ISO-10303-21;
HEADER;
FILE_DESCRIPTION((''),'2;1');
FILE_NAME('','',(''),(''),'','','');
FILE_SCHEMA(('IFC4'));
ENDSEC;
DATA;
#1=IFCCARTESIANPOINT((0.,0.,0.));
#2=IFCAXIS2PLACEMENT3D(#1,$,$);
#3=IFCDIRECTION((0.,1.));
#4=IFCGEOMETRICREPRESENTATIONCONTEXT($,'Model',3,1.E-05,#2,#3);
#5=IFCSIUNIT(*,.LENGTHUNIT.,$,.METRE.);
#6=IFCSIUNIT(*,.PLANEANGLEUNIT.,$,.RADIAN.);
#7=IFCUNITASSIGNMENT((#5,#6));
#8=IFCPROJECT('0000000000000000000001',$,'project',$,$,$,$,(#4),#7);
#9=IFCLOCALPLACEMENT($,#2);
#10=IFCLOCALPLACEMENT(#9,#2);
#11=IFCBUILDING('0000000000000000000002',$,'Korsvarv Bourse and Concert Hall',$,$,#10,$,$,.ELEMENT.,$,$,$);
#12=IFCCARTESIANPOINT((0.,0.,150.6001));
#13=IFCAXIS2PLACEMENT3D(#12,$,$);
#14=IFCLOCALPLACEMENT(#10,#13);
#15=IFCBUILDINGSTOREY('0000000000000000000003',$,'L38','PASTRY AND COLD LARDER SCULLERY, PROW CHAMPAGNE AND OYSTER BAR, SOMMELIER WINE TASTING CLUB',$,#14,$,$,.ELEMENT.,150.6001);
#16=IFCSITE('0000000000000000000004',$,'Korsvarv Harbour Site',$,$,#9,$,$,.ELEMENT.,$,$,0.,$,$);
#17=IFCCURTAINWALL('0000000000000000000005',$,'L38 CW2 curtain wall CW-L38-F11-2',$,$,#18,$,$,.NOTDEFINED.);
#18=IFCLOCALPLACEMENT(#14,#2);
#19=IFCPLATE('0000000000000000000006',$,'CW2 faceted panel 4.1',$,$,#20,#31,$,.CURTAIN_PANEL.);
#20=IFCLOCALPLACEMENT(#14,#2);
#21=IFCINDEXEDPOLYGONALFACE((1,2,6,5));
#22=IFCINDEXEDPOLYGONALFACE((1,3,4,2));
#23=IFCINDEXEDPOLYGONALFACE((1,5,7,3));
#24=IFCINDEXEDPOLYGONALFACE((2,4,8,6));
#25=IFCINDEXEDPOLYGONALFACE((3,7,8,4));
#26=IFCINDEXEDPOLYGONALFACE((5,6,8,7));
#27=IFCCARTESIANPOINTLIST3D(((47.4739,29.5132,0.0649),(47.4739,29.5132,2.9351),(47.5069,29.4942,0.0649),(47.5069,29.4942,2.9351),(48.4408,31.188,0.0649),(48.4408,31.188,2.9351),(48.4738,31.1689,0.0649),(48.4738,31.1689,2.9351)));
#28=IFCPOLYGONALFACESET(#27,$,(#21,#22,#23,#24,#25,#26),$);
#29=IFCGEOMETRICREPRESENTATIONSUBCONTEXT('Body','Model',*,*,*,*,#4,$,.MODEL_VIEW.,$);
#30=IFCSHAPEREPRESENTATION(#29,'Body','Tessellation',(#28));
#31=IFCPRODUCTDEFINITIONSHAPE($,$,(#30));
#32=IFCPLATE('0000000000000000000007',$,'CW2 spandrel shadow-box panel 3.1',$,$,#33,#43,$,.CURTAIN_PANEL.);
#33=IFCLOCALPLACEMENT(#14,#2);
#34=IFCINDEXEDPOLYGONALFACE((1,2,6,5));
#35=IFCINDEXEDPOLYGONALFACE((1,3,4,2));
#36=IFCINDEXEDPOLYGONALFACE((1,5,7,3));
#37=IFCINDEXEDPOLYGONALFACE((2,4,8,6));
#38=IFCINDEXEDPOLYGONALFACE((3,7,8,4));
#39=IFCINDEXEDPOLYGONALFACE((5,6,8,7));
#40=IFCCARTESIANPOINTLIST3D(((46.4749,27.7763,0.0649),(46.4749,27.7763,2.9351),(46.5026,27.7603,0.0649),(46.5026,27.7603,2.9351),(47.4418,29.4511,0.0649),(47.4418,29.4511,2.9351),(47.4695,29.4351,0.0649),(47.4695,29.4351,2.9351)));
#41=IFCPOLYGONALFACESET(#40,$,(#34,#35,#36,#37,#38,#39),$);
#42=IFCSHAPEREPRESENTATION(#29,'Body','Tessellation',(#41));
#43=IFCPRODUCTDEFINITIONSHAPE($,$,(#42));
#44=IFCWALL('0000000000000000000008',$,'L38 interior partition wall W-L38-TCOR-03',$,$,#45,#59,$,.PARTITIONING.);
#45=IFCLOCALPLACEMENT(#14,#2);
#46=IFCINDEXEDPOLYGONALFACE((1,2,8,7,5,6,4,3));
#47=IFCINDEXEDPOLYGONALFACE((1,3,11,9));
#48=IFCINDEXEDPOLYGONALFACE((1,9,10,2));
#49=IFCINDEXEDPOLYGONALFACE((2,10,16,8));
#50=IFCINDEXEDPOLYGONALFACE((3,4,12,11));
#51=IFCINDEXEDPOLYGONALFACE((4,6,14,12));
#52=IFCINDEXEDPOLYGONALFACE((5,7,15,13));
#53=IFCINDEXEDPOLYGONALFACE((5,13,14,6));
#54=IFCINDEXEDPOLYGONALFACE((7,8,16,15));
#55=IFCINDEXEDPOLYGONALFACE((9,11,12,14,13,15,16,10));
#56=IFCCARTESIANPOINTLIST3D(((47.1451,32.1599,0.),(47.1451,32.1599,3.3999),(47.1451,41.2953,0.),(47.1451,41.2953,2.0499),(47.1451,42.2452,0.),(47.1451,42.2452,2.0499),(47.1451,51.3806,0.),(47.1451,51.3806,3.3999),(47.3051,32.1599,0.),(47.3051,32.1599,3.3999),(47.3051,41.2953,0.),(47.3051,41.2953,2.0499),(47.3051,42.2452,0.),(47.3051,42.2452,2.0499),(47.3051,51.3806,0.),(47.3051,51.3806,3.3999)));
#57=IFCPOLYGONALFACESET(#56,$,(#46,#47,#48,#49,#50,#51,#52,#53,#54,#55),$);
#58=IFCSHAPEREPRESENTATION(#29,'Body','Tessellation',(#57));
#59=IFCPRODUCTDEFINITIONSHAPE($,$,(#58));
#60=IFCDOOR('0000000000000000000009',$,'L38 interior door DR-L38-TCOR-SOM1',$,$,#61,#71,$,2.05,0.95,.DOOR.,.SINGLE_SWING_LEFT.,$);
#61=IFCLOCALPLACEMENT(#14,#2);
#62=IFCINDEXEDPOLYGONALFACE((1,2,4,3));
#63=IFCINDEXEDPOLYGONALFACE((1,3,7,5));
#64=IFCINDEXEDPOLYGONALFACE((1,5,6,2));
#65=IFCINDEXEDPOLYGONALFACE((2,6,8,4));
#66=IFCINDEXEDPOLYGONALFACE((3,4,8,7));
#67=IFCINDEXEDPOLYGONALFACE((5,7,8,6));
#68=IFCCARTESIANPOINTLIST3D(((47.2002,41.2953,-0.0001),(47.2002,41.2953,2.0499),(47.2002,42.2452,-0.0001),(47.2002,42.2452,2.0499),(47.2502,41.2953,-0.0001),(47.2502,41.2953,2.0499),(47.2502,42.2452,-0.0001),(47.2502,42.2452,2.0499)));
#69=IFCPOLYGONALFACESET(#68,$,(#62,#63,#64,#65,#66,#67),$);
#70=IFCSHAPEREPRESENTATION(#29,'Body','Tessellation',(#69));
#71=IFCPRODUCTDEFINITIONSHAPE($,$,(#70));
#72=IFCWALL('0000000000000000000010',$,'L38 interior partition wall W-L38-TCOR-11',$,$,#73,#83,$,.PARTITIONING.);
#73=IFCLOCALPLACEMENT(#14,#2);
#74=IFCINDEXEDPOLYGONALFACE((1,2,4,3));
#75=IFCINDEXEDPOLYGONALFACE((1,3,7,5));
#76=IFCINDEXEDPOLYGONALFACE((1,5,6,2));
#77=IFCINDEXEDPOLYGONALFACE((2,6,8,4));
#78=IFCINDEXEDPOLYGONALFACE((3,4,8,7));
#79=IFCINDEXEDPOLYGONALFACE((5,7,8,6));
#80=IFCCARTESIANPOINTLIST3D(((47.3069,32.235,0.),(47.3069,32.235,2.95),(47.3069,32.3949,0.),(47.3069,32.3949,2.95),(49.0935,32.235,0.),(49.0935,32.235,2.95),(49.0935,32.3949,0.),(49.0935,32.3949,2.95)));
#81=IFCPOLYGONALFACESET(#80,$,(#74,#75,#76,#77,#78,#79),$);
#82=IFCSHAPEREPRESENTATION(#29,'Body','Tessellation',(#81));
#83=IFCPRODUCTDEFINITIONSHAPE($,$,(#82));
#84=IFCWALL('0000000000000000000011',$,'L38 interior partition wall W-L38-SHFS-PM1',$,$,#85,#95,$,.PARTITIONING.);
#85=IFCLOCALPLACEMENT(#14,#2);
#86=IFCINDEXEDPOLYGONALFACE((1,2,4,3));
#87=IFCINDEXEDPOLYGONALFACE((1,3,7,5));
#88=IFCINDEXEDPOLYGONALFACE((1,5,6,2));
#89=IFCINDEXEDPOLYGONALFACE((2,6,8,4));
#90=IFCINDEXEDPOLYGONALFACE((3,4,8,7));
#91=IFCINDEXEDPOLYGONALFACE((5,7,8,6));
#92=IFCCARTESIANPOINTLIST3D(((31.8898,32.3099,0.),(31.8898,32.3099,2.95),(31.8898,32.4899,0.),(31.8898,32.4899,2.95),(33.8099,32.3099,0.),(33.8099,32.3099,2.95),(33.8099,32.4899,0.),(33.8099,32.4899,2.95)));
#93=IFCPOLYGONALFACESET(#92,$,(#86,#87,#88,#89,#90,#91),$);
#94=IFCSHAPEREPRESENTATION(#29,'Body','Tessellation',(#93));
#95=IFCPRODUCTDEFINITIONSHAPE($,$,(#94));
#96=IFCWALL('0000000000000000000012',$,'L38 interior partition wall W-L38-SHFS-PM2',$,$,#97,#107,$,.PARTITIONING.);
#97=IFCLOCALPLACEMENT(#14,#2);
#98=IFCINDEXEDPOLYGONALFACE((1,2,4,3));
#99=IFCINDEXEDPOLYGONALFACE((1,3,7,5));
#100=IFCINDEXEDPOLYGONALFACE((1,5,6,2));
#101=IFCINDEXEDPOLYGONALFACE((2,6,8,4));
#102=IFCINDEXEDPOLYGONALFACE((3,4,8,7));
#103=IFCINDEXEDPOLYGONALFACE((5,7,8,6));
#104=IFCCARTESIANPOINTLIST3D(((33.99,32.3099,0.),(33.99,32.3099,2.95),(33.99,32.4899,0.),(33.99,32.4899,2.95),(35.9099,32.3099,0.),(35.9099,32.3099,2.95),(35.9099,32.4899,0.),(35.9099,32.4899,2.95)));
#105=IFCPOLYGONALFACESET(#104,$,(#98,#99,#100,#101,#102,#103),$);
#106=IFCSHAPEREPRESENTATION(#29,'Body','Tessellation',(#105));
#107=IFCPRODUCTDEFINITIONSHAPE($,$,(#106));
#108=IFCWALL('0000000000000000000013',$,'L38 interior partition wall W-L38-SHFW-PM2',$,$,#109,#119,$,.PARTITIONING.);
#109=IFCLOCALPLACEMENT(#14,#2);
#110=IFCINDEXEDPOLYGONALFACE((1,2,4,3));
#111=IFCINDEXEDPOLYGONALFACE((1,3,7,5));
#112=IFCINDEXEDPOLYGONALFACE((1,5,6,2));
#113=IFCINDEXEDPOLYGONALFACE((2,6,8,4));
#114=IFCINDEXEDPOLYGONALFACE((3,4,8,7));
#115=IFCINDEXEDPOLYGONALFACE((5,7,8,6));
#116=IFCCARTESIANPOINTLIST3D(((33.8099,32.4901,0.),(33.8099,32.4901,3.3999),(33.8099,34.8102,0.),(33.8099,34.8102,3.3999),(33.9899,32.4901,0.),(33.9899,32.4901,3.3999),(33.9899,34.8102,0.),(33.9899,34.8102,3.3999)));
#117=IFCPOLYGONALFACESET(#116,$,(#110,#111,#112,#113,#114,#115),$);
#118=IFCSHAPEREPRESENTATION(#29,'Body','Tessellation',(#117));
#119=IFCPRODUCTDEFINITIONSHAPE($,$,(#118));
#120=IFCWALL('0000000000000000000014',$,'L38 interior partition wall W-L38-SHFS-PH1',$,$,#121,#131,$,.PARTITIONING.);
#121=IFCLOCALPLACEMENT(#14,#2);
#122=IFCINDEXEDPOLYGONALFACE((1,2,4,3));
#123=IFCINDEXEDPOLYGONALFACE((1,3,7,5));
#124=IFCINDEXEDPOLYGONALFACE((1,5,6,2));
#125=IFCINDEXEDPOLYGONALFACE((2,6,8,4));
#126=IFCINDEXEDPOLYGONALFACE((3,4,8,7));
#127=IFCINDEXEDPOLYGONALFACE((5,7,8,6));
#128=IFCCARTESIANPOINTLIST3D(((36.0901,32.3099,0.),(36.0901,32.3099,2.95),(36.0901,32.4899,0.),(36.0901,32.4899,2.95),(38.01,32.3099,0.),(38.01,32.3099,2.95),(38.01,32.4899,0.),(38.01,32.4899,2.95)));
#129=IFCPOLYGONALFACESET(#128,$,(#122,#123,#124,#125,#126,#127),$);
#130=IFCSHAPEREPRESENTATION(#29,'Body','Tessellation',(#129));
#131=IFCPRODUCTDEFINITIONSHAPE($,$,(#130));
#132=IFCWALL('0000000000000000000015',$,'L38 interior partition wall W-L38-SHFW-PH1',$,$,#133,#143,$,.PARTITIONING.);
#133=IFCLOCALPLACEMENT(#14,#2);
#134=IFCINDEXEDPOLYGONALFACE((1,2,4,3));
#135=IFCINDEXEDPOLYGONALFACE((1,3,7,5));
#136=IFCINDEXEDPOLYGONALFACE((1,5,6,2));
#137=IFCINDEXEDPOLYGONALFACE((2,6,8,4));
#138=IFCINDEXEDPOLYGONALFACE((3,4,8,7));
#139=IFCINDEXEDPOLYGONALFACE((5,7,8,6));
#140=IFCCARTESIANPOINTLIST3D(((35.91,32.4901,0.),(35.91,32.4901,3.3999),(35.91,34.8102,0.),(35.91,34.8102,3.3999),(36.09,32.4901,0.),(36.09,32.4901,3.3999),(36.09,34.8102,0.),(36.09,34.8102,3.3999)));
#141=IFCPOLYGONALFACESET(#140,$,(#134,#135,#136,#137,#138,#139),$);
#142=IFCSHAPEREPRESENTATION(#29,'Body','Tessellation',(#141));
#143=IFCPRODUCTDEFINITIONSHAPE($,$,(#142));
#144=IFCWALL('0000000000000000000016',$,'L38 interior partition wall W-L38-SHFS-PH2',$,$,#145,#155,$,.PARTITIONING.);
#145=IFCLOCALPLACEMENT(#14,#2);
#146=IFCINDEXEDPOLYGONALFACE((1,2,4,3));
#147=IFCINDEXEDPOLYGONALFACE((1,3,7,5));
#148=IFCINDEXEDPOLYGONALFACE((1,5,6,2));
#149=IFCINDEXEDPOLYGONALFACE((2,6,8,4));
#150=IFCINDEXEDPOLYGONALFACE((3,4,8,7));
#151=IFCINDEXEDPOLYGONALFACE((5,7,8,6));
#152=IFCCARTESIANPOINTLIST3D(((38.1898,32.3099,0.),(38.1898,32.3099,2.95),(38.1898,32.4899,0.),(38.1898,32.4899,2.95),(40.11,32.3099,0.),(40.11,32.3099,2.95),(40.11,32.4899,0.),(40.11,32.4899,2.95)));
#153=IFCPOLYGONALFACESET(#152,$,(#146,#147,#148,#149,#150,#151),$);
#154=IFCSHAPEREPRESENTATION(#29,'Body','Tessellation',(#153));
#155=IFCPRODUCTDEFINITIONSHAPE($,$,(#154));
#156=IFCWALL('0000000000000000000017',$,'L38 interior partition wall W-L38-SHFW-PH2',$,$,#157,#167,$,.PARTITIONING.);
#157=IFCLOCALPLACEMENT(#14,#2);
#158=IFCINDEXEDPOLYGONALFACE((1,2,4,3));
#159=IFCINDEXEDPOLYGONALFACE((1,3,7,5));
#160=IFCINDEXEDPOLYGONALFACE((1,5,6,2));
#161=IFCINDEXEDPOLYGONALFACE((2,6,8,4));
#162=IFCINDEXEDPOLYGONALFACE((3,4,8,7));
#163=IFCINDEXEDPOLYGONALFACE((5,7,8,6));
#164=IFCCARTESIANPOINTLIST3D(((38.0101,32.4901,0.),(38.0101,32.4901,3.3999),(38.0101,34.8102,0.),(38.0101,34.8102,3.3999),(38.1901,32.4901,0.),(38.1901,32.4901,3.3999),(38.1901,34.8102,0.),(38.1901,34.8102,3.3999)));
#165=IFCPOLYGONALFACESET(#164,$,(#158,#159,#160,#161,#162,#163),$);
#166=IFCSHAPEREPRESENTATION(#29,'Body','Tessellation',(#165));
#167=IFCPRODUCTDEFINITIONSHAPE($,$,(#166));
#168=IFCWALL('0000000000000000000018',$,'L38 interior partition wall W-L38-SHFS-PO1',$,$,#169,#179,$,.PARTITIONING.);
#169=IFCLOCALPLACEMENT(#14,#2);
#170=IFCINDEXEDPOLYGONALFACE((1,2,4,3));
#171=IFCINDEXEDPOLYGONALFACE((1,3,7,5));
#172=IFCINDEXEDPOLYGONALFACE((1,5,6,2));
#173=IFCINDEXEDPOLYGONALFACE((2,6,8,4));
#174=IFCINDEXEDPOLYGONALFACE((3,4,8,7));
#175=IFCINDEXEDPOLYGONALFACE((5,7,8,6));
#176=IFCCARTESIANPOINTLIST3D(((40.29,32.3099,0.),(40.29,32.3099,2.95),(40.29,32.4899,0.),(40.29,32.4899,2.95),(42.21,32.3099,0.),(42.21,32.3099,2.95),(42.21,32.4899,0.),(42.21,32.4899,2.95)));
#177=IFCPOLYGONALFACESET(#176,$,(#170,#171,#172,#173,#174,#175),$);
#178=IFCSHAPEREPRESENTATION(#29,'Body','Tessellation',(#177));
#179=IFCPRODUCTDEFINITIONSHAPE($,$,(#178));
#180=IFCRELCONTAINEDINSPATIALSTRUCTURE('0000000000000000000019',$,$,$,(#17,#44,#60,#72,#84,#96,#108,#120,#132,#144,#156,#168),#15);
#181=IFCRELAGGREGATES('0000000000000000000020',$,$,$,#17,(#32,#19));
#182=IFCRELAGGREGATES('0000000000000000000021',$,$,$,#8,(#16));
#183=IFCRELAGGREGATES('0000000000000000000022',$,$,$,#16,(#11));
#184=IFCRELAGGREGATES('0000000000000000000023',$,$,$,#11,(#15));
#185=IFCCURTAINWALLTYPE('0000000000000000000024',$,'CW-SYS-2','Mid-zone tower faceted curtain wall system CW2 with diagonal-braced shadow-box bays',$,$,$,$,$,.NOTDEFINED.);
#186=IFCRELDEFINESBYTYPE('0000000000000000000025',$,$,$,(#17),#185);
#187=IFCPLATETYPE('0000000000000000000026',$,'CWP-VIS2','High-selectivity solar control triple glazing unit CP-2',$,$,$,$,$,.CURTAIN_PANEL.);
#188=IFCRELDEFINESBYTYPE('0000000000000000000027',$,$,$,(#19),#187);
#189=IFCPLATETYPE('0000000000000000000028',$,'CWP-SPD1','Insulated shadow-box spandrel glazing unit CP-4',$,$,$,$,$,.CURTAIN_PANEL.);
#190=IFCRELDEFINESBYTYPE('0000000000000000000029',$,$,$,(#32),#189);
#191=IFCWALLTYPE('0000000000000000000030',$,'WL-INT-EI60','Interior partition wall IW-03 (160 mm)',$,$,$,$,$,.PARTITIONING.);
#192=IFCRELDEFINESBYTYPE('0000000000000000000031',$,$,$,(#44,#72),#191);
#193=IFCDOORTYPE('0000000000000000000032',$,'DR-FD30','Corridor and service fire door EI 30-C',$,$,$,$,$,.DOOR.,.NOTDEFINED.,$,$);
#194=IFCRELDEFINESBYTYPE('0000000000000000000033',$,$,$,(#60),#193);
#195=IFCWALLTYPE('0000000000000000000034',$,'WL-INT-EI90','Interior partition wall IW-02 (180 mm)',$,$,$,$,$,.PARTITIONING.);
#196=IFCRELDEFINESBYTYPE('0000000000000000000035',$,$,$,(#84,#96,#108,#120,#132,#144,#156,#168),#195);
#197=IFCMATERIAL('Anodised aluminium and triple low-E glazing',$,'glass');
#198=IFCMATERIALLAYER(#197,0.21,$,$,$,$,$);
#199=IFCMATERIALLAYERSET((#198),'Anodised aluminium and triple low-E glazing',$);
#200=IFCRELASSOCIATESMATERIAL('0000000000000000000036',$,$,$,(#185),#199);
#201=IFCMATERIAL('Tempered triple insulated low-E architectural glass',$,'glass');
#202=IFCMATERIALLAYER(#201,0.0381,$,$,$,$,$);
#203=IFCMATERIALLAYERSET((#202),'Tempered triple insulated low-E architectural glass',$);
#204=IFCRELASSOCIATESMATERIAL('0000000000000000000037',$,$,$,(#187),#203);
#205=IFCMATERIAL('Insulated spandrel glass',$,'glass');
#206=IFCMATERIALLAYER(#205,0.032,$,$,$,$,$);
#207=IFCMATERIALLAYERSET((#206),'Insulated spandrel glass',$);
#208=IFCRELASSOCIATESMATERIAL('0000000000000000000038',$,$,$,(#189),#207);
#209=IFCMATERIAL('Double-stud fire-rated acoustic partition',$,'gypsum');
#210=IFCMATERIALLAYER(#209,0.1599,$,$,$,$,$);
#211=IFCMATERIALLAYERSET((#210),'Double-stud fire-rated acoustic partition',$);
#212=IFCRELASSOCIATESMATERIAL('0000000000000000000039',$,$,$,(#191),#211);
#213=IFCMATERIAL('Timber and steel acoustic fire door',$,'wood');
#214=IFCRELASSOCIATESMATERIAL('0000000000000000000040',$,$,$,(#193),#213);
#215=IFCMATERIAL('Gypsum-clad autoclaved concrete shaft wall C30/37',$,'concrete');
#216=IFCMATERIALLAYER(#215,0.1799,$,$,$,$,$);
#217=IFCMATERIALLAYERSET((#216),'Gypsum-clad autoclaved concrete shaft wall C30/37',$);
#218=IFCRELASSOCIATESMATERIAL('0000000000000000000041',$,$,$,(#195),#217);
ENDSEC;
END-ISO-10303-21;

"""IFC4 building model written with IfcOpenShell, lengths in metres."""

from ifc_helpers import new_model, si_unit, direction, frame, frame_2d, origin, origin_2d, place, context, subcontext, project, spatial, rectangle, extrude, source, transform, mapped, material, layer, layer_set, type_object, element, fill, aggregate, save


model = new_model("IFC4")

# Units and contexts
model_context = context("Model", 3, precision=1e-05, world=origin(), true_north=direction((0.0, 1.0)))
body_context = subcontext(model_context, "Body", "Model", "MODEL_VIEW")
ifc_project = project(units=[si_unit("LENGTHUNIT", "METRE"), si_unit("PLANEANGLEUNIT", "RADIAN")], contexts=[model_context])

# Site, building, storey
site_placement = place(None, origin())
site = spatial("IfcSite", under=ifc_project, at=site_placement, Name="Korsvarv Harbour Site", CompositionType="ELEMENT", RefElevation=0.0)
building_placement = place(site_placement, origin())
building = spatial("IfcBuilding", under=site, at=building_placement, Name="Korsvarv Bourse and Concert Hall", CompositionType="ELEMENT")
storey_placement = place(building_placement, frame((0.0, 0.0, 150.6001)))
storey = spatial("IfcBuildingStorey", under=building, at=storey_placement, Name="L38", Description="PASTRY AND COLD LARDER SCULLERY, PROW CHAMPAGNE AND OYSTER BAR, SOMMELIER WINE TASTING CLUB", CompositionType="ELEMENT", Elevation=150.6001)

# Curtain wall, plates
ifc_material_1 = material(Name="Anodised aluminium and triple low-E glazing", Category="glass")
ifc_layer_1 = layer(ifc_material_1, 0.21)
ifc_layer_set_1 = layer_set([ifc_layer_1], Name="Anodised aluminium and triple low-E glazing")
curtain_wall_type = type_object("IfcCurtainWallType", Name="CW-SYS-2", Description="Mid-zone tower faceted curtain wall system CW2 with diagonal-braced shadow-box bays", PredefinedType="NOTDEFINED", material=ifc_layer_set_1)
curtain_wall_placement = place(storey_placement, origin())
curtain_wall = element("IfcCurtainWall", 1, at=curtain_wall_placement, inside=storey, type_object=curtain_wall_type, Name="L38 CW2 curtain wall CW-L38-F11-2", PredefinedType="NOTDEFINED")
ifc_material_2 = material(Name="Tempered triple insulated low-E architectural glass", Category="glass")
ifc_layer_2 = layer(ifc_material_2, 0.0381)
ifc_layer_set_2 = layer_set([ifc_layer_2], Name="Tempered triple insulated low-E architectural glass")
plate_type_1 = type_object("IfcPlateType", Name="CWP-VIS2", Description="High-selectivity solar control triple glazing unit CP-2", PredefinedType="CURTAIN_PANEL", material=ifc_layer_set_2)
shared_shape_1 = source(origin(), body_context, "Body", "SweptSolid", [
    extrude(rectangle(XDim=1.9338, YDim=0.0381, at=origin_2d()), origin(), (0.0, 0.0, 1.0), 2.8701),
])
plate_1_placement = place(storey_placement, frame((47.9739, 30.3411, 0.0649), z_axis=(0.0, 0.0, 1.0), x_axis=(0.500005, 0.866023, 0.0)))
plate_1 = element("IfcPlate", 2, at=plate_1_placement, type_object=plate_type_1, Name="CW2 faceted panel 4.1", PredefinedType="CURTAIN_PANEL", context=body_context, shape_type="MappedRepresentation", body=[
    mapped(shared_shape_1, transform((0.0, 0.0, 0.0), scale=1.0)),
])
ifc_material_3 = material(Name="Insulated spandrel glass", Category="glass")
ifc_layer_3 = layer(ifc_material_3, 0.032)
ifc_layer_set_3 = layer_set([ifc_layer_3], Name="Insulated spandrel glass")
plate_type_2 = type_object("IfcPlateType", Name="CWP-SPD1", Description="Insulated shadow-box spandrel glazing unit CP-4", PredefinedType="CURTAIN_PANEL", material=ifc_layer_set_3)
shared_shape_2 = source(origin(), body_context, "Body", "SweptSolid", [
    extrude(rectangle(XDim=1.9338, YDim=0.032, at=origin_2d()), origin(), (0.0, 0.0, 1.0), 2.8701),
])
plate_2_placement = place(storey_placement, frame((46.9722, 28.6057, 0.0649), z_axis=(0.0, 0.0, 1.0), x_axis=(0.500005, 0.866023, 0.0)))
plate_2 = element("IfcPlate", 3, at=plate_2_placement, type_object=plate_type_2, Name="CW2 spandrel shadow-box panel 3.1", PredefinedType="CURTAIN_PANEL", context=body_context, shape_type="MappedRepresentation", body=[
    mapped(shared_shape_2, transform((0.0, 0.0, 0.0), scale=1.0)),
])
aggregate(curtain_wall, [plate_2, plate_1])

# Wall, opening, door
ifc_material_4 = material(Name="Double-stud fire-rated acoustic partition", Category="gypsum")
ifc_layer_4 = layer(ifc_material_4, 0.1599)
ifc_layer_set_4 = layer_set([ifc_layer_4], Name="Double-stud fire-rated acoustic partition")
wall_type_1 = type_object("IfcWallType", Name="WL-INT-EI60", Description="Interior partition wall IW-03 (160 mm)", PredefinedType="PARTITIONING", material=ifc_layer_set_4)
wall_1_placement = place(storey_placement, frame((47.2251, 32.1599, 0.0), z_axis=(0.0, 0.0, 1.0), x_axis=(0.0, 1.0, 0.0)))
wall_1 = element("IfcWall", 4, at=wall_1_placement, inside=storey, type_object=wall_type_1, Name="L38 interior partition wall W-L38-TCOR-03", PredefinedType="PARTITIONING", context=body_context, shape_type="SweptSolid", body=[
    extrude(rectangle(XDim=19.2207, YDim=0.1599, at=frame_2d((9.6104, 0.0))), origin(), (0.0, 0.0, 1.0), 3.3999),
])
opening_placement = place(wall_1_placement, frame((9.1353, 0.0, 0.0)))
opening = element("IfcOpeningElement", 5, at=opening_placement, cuts=wall_1, PredefinedType="OPENING", context=body_context, shape_type="SweptSolid", body=[
    extrude(rectangle(XDim=0.95, YDim=2.05, at=frame_2d((0.4751, 1.0249))), frame((0.0, 0.0898, 0.0), z_axis=(0.0, -1.0, 0.0), x_axis=(1.0, 0.0, 0.0)), (0.0, 0.0, 1.0), 0.1799),
])
ifc_material_5 = material(Name="Timber and steel acoustic fire door", Category="wood")
door_type = type_object("IfcDoorType", Name="DR-FD30", Description="Corridor and service fire door EI 30-C", OperationType="NOTDEFINED", PredefinedType="DOOR", material=ifc_material_5)
door_placement = place(opening_placement, origin())
door = element("IfcDoor", 6, at=door_placement, inside=storey, type_object=door_type, Name="L38 interior door DR-L38-TCOR-SOM1", OperationType="SINGLE_SWING_LEFT", OverallHeight=2.05, OverallWidth=0.95, PredefinedType="DOOR", context=body_context, shape_type="SweptSolid", body=[
    extrude(rectangle(XDim=0.95, YDim=2.05, at=frame_2d((0.4751, 1.0249))), frame((0.0, 0.0249, 0.0), z_axis=(0.0, -1.0, 0.0), x_axis=(1.0, 0.0, 0.0)), (0.0, 0.0, 1.0), 0.05),
])
fill(opening, door)

# Walls
wall_2_placement = place(storey_placement, frame((47.3069, 32.3149, 0.0), z_axis=(0.0, 0.0, 1.0), x_axis=(1.0, 0.0, 0.0)))
element("IfcWall", 7, at=wall_2_placement, inside=storey, type_object=wall_type_1, Name="L38 interior partition wall W-L38-TCOR-11", PredefinedType="PARTITIONING", context=body_context, shape_type="SweptSolid", body=[
    extrude(rectangle(XDim=1.7866, YDim=0.1599, at=frame_2d((0.8933, 0.0))), origin(), (0.0, 0.0, 1.0), 2.95),
])
ifc_material_6 = material(Name="Gypsum-clad autoclaved concrete shaft wall C30/37", Category="concrete")
ifc_layer_5 = layer(ifc_material_6, 0.1799)
ifc_layer_set_5 = layer_set([ifc_layer_5], Name="Gypsum-clad autoclaved concrete shaft wall C30/37")
wall_type_2 = type_object("IfcWallType", Name="WL-INT-EI90", Description="Interior partition wall IW-02 (180 mm)", PredefinedType="PARTITIONING", material=ifc_layer_set_5)
wall_3_placement = place(storey_placement, frame((31.8899, 32.3999, 0.0), z_axis=(0.0, 0.0, 1.0), x_axis=(1.0, 0.0, 0.0)))
element("IfcWall", 8, at=wall_3_placement, inside=storey, type_object=wall_type_2, Name="L38 interior partition wall W-L38-SHFS-PM1", PredefinedType="PARTITIONING", context=body_context, shape_type="SweptSolid", body=[
    extrude(rectangle(XDim=1.9202, YDim=0.1799, at=frame_2d((0.96, 0.0))), origin(), (0.0, 0.0, 1.0), 2.95),
])
wall_4_placement = place(storey_placement, frame((33.99, 32.3999, 0.0), z_axis=(0.0, 0.0, 1.0), x_axis=(1.0, 0.0, 0.0)))
element("IfcWall", 9, at=wall_4_placement, inside=storey, type_object=wall_type_2, Name="L38 interior partition wall W-L38-SHFS-PM2", PredefinedType="PARTITIONING", context=body_context, shape_type="SweptSolid", body=[
    extrude(rectangle(XDim=1.9199, YDim=0.1799, at=frame_2d((0.96, 0.0))), origin(), (0.0, 0.0, 1.0), 2.95),
])
wall_5_placement = place(storey_placement, frame((33.8999, 32.49, 0.0), z_axis=(0.0, 0.0, 1.0), x_axis=(0.0, 1.0, 0.0)))
element("IfcWall", 10, at=wall_5_placement, inside=storey, type_object=wall_type_2, Name="L38 interior partition wall W-L38-SHFW-PM2", PredefinedType="PARTITIONING", context=body_context, shape_type="SweptSolid", body=[
    extrude(rectangle(XDim=2.3201, YDim=0.1799, at=frame_2d((1.1602, 0.0))), origin(), (0.0, 0.0, 1.0), 3.3999),
])
wall_6_placement = place(storey_placement, frame((36.0901, 32.3999, 0.0), z_axis=(0.0, 0.0, 1.0), x_axis=(1.0, 0.0, 0.0)))
element("IfcWall", 11, at=wall_6_placement, inside=storey, type_object=wall_type_2, Name="L38 interior partition wall W-L38-SHFS-PH1", PredefinedType="PARTITIONING", context=body_context, shape_type="SweptSolid", body=[
    extrude(rectangle(XDim=1.9199, YDim=0.1799, at=frame_2d((0.96, 0.0))), origin(), (0.0, 0.0, 1.0), 2.95),
])
wall_7_placement = place(storey_placement, frame((36.0, 32.49, 0.0), z_axis=(0.0, 0.0, 1.0), x_axis=(0.0, 1.0, 0.0)))
element("IfcWall", 12, at=wall_7_placement, inside=storey, type_object=wall_type_2, Name="L38 interior partition wall W-L38-SHFW-PH1", PredefinedType="PARTITIONING", context=body_context, shape_type="SweptSolid", body=[
    extrude(rectangle(XDim=2.3201, YDim=0.1799, at=frame_2d((1.1602, 0.0))), origin(), (0.0, 0.0, 1.0), 3.3999),
])
wall_8_placement = place(storey_placement, frame((38.1899, 32.3999, 0.0), z_axis=(0.0, 0.0, 1.0), x_axis=(1.0, 0.0, 0.0)))
element("IfcWall", 13, at=wall_8_placement, inside=storey, type_object=wall_type_2, Name="L38 interior partition wall W-L38-SHFS-PH2", PredefinedType="PARTITIONING", context=body_context, shape_type="SweptSolid", body=[
    extrude(rectangle(XDim=1.9202, YDim=0.1799, at=frame_2d((0.96, 0.0))), origin(), (0.0, 0.0, 1.0), 2.95),
])
wall_9_placement = place(storey_placement, frame((38.1001, 32.49, 0.0), z_axis=(0.0, 0.0, 1.0), x_axis=(0.0, 1.0, 0.0)))
element("IfcWall", 14, at=wall_9_placement, inside=storey, type_object=wall_type_2, Name="L38 interior partition wall W-L38-SHFW-PH2", PredefinedType="PARTITIONING", context=body_context, shape_type="SweptSolid", body=[
    extrude(rectangle(XDim=2.3201, YDim=0.1799, at=frame_2d((1.1602, 0.0))), origin(), (0.0, 0.0, 1.0), 3.3999),
])
wall_10_placement = place(storey_placement, frame((40.29, 32.3999, 0.0), z_axis=(0.0, 0.0, 1.0), x_axis=(1.0, 0.0, 0.0)))
element("IfcWall", 15, at=wall_10_placement, inside=storey, type_object=wall_type_2, Name="L38 interior partition wall W-L38-SHFS-PO1", PredefinedType="PARTITIONING", context=body_context, shape_type="SweptSolid", body=[
    extrude(rectangle(XDim=1.9199, YDim=0.1799, at=frame_2d((0.96, 0.0))), origin(), (0.0, 0.0, 1.0), 2.95),
])

save(model, "model.ifc")
